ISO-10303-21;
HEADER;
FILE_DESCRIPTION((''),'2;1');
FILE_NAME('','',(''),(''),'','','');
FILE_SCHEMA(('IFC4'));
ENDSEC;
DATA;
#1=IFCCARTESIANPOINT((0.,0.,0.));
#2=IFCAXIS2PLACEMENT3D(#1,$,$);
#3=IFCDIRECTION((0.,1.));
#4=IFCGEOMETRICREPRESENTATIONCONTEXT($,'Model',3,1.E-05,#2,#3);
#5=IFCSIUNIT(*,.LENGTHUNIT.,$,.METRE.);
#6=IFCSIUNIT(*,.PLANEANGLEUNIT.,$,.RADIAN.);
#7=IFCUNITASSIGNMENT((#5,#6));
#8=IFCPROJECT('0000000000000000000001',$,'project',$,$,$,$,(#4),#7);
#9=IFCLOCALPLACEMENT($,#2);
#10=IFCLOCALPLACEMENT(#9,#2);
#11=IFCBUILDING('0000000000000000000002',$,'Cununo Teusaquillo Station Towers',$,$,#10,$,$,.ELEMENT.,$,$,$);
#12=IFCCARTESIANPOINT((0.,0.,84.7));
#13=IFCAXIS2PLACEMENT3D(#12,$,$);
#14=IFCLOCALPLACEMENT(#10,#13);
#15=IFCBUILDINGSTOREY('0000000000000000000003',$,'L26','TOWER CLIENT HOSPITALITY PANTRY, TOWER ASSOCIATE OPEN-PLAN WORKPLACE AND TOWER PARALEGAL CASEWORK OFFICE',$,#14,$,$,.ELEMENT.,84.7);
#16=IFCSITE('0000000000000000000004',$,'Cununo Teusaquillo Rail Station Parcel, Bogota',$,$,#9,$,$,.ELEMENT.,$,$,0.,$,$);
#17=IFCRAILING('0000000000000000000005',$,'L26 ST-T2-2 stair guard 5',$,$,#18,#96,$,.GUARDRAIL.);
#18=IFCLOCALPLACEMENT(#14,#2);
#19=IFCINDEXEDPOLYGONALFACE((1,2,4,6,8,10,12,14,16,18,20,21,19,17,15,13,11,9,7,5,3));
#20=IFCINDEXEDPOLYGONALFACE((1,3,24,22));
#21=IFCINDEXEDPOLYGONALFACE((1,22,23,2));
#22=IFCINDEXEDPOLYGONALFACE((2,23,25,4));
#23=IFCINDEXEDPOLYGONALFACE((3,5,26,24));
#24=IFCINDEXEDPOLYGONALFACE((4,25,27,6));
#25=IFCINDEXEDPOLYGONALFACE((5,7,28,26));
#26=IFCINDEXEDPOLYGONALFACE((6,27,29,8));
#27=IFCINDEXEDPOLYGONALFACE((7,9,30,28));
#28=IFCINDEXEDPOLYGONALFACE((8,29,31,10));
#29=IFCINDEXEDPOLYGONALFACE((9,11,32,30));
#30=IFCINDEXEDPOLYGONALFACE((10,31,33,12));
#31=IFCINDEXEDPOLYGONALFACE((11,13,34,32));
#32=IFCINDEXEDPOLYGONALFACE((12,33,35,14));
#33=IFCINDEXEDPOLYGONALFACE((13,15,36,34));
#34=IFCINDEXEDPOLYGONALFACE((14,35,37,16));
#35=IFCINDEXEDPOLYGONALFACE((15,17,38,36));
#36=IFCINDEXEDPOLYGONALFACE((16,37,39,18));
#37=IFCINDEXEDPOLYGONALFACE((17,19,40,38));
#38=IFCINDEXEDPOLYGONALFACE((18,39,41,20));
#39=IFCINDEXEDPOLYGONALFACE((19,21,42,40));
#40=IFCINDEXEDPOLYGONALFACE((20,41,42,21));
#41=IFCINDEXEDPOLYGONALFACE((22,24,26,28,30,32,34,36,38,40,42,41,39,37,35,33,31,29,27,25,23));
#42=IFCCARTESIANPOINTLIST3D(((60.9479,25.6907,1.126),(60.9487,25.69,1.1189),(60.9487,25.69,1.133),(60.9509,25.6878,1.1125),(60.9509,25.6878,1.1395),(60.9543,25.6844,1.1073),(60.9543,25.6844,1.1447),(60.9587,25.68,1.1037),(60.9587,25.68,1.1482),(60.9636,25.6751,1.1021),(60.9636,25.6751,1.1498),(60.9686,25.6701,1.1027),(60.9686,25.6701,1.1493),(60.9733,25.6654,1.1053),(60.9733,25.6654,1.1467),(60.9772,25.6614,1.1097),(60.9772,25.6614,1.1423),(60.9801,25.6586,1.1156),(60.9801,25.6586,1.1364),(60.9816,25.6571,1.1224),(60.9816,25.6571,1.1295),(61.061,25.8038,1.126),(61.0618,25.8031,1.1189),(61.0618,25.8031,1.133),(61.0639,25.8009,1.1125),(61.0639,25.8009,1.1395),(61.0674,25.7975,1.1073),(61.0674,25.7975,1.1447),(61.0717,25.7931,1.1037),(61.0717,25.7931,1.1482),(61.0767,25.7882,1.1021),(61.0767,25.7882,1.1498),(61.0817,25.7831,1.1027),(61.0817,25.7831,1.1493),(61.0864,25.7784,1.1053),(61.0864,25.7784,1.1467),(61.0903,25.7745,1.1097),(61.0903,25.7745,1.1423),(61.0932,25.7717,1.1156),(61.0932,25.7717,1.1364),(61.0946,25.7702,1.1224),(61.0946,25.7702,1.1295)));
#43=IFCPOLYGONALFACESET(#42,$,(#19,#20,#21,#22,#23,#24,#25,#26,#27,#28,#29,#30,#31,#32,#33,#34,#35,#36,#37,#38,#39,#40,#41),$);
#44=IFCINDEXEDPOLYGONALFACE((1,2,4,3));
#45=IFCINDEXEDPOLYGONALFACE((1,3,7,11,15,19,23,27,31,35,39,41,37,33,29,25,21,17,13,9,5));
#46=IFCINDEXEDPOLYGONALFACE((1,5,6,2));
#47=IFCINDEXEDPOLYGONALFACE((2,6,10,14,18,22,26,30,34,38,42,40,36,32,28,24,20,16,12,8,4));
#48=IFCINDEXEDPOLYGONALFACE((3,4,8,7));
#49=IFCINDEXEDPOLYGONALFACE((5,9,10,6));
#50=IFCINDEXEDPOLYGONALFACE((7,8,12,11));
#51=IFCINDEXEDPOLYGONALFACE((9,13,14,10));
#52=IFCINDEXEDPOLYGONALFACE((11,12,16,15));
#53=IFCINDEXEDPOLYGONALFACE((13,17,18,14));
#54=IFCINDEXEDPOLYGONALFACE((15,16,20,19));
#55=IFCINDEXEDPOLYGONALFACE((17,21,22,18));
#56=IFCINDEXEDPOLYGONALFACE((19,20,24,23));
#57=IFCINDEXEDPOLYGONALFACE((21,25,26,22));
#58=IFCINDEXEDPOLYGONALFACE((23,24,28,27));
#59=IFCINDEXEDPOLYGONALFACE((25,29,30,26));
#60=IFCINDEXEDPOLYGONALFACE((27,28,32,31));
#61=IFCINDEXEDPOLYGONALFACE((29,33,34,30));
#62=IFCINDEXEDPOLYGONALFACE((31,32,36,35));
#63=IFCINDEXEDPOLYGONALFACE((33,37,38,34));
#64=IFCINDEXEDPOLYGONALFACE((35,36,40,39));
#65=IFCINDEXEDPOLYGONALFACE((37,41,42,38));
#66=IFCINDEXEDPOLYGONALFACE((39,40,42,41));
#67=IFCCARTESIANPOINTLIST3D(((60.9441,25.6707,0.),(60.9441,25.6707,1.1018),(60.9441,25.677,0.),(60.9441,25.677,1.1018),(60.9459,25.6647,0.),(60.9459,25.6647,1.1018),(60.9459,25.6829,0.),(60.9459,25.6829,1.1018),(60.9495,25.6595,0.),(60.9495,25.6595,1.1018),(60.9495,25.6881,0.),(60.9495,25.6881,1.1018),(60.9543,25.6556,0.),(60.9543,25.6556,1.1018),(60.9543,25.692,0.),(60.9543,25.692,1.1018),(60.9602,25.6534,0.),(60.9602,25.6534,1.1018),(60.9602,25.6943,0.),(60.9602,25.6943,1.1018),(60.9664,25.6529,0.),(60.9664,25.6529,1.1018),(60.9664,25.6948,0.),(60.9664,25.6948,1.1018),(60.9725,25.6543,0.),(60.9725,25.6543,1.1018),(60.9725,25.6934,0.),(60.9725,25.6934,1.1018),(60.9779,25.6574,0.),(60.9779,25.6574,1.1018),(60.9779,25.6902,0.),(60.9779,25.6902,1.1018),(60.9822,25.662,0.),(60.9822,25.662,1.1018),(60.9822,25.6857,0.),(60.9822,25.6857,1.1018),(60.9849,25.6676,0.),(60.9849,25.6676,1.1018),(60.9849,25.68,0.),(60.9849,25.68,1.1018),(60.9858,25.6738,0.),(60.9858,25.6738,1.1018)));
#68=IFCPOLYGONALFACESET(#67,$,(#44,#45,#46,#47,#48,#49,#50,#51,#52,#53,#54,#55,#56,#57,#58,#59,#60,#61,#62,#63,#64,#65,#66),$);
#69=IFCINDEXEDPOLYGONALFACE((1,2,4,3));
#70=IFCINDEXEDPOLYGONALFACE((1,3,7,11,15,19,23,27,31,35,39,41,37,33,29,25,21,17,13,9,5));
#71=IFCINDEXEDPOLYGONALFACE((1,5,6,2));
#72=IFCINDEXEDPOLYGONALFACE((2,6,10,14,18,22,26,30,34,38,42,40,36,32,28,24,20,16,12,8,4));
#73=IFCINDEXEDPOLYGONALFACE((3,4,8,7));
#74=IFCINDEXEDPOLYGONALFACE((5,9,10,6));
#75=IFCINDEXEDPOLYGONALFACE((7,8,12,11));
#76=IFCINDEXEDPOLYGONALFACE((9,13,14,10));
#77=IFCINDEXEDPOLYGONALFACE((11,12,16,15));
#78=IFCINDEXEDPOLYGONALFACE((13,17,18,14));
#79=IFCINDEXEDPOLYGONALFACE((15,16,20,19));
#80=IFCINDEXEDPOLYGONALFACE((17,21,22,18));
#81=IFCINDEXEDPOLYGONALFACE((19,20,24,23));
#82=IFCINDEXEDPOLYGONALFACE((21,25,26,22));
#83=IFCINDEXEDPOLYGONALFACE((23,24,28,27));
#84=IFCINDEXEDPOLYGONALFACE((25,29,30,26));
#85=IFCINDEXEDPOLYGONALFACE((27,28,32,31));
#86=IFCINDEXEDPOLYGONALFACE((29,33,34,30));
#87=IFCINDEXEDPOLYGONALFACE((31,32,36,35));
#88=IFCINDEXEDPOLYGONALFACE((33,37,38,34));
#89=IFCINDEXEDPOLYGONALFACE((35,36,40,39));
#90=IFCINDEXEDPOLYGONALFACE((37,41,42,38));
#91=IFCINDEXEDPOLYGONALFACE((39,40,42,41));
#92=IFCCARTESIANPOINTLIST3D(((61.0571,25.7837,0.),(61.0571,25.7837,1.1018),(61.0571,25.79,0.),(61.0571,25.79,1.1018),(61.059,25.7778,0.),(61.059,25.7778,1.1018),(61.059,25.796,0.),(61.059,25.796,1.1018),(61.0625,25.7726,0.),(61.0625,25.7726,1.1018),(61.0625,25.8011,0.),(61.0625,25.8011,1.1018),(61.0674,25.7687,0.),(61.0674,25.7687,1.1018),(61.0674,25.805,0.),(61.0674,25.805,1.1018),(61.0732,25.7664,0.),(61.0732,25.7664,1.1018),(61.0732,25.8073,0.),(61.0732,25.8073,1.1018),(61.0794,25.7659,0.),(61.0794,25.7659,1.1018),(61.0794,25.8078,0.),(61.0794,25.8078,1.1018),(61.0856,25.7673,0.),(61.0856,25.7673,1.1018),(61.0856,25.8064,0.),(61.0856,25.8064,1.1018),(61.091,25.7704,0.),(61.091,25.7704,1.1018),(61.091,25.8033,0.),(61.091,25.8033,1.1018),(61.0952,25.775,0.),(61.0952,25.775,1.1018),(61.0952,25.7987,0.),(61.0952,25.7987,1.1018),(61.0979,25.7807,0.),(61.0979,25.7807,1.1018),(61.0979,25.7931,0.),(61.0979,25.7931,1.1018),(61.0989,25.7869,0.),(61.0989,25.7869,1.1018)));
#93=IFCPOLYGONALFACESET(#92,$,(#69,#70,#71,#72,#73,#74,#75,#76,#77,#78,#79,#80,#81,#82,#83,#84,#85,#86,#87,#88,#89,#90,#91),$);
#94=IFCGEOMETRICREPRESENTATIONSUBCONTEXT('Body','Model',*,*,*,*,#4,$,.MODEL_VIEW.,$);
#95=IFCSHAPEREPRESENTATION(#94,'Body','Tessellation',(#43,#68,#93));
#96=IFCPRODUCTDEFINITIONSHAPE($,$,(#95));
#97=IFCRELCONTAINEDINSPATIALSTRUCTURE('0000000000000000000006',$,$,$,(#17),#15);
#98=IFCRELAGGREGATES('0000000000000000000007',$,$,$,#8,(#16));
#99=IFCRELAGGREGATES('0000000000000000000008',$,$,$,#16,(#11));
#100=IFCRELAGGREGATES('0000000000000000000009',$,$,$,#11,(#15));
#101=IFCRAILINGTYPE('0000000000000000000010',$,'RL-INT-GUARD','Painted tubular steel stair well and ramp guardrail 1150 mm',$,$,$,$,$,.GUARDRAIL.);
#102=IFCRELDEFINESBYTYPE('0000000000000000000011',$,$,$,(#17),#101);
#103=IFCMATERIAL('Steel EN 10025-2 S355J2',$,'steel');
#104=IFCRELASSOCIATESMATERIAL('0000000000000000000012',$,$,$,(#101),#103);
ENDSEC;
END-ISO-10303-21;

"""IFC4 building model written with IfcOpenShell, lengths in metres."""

from ifc_helpers import new_model, si_unit, direction, frame, origin, origin_2d, place, context, subcontext, project, spatial, circle, extrude, material, type_object, element, save


model = new_model("IFC4")

# Units and contexts
model_context = context("Model", 3, precision=1e-05, world=origin(), true_north=direction((0.0, 1.0)))
body_context = subcontext(model_context, "Body", "Model", "MODEL_VIEW")
ifc_project = project(units=[si_unit("LENGTHUNIT", "METRE"), si_unit("PLANEANGLEUNIT", "RADIAN")], contexts=[model_context])

# Site, building, storey
site_placement = place(None, origin())
site = spatial("IfcSite", under=ifc_project, at=site_placement, Name="Cununo Teusaquillo Rail Station Parcel, Bogota", CompositionType="ELEMENT", RefElevation=0.0)
building_placement = place(site_placement, origin())
building = spatial("IfcBuilding", under=site, at=building_placement, Name="Cununo Teusaquillo Station Towers", CompositionType="ELEMENT")
storey_placement = place(building_placement, frame((0.0, 0.0, 84.7)))
storey = spatial("IfcBuildingStorey", under=building, at=storey_placement, Name="L26", Description="TOWER CLIENT HOSPITALITY PANTRY, TOWER ASSOCIATE OPEN-PLAN WORKPLACE AND TOWER PARALEGAL CASEWORK OFFICE", CompositionType="ELEMENT", Elevation=84.7)

# Railing
ifc_material_1 = material(Name="Steel EN 10025-2 S355J2", Category="steel")
railing_type_1 = type_object("IfcRailingType", Name="RL-INT-GUARD", Description="Painted tubular steel stair well and ramp guardrail 1150 mm", PredefinedType="GUARDRAIL", material=ifc_material_1)
railing_1_placement = place(storey_placement, frame((60.9648, 25.6738, 0.0)))
element("IfcRailing", 1, at=railing_1_placement, inside=storey, type_object=railing_type_1, Name="L26 ST-T2-2 stair guard 5", PredefinedType="GUARDRAIL", context=body_context, shape_type="SweptSolid", body=[
    extrude(circle(Radius=0.0239, at=origin_2d()), frame((0.0, 0.0, 1.126), z_axis=(0.707107, 0.707107, 0.0), x_axis=(-0.707107, 0.707107, 0.0)), (0.0, 0.0, 1.0), 0.1599),
    extrude(circle(Radius=0.021, at=origin_2d()), origin(), (0.0, 0.0, 1.0), 1.1018),
    extrude(circle(Radius=0.021, at=origin_2d()), frame((0.113, 0.113, 0.0)), (0.0, 0.0, 1.0), 1.1018),
])

save(model, "model.ifc")
